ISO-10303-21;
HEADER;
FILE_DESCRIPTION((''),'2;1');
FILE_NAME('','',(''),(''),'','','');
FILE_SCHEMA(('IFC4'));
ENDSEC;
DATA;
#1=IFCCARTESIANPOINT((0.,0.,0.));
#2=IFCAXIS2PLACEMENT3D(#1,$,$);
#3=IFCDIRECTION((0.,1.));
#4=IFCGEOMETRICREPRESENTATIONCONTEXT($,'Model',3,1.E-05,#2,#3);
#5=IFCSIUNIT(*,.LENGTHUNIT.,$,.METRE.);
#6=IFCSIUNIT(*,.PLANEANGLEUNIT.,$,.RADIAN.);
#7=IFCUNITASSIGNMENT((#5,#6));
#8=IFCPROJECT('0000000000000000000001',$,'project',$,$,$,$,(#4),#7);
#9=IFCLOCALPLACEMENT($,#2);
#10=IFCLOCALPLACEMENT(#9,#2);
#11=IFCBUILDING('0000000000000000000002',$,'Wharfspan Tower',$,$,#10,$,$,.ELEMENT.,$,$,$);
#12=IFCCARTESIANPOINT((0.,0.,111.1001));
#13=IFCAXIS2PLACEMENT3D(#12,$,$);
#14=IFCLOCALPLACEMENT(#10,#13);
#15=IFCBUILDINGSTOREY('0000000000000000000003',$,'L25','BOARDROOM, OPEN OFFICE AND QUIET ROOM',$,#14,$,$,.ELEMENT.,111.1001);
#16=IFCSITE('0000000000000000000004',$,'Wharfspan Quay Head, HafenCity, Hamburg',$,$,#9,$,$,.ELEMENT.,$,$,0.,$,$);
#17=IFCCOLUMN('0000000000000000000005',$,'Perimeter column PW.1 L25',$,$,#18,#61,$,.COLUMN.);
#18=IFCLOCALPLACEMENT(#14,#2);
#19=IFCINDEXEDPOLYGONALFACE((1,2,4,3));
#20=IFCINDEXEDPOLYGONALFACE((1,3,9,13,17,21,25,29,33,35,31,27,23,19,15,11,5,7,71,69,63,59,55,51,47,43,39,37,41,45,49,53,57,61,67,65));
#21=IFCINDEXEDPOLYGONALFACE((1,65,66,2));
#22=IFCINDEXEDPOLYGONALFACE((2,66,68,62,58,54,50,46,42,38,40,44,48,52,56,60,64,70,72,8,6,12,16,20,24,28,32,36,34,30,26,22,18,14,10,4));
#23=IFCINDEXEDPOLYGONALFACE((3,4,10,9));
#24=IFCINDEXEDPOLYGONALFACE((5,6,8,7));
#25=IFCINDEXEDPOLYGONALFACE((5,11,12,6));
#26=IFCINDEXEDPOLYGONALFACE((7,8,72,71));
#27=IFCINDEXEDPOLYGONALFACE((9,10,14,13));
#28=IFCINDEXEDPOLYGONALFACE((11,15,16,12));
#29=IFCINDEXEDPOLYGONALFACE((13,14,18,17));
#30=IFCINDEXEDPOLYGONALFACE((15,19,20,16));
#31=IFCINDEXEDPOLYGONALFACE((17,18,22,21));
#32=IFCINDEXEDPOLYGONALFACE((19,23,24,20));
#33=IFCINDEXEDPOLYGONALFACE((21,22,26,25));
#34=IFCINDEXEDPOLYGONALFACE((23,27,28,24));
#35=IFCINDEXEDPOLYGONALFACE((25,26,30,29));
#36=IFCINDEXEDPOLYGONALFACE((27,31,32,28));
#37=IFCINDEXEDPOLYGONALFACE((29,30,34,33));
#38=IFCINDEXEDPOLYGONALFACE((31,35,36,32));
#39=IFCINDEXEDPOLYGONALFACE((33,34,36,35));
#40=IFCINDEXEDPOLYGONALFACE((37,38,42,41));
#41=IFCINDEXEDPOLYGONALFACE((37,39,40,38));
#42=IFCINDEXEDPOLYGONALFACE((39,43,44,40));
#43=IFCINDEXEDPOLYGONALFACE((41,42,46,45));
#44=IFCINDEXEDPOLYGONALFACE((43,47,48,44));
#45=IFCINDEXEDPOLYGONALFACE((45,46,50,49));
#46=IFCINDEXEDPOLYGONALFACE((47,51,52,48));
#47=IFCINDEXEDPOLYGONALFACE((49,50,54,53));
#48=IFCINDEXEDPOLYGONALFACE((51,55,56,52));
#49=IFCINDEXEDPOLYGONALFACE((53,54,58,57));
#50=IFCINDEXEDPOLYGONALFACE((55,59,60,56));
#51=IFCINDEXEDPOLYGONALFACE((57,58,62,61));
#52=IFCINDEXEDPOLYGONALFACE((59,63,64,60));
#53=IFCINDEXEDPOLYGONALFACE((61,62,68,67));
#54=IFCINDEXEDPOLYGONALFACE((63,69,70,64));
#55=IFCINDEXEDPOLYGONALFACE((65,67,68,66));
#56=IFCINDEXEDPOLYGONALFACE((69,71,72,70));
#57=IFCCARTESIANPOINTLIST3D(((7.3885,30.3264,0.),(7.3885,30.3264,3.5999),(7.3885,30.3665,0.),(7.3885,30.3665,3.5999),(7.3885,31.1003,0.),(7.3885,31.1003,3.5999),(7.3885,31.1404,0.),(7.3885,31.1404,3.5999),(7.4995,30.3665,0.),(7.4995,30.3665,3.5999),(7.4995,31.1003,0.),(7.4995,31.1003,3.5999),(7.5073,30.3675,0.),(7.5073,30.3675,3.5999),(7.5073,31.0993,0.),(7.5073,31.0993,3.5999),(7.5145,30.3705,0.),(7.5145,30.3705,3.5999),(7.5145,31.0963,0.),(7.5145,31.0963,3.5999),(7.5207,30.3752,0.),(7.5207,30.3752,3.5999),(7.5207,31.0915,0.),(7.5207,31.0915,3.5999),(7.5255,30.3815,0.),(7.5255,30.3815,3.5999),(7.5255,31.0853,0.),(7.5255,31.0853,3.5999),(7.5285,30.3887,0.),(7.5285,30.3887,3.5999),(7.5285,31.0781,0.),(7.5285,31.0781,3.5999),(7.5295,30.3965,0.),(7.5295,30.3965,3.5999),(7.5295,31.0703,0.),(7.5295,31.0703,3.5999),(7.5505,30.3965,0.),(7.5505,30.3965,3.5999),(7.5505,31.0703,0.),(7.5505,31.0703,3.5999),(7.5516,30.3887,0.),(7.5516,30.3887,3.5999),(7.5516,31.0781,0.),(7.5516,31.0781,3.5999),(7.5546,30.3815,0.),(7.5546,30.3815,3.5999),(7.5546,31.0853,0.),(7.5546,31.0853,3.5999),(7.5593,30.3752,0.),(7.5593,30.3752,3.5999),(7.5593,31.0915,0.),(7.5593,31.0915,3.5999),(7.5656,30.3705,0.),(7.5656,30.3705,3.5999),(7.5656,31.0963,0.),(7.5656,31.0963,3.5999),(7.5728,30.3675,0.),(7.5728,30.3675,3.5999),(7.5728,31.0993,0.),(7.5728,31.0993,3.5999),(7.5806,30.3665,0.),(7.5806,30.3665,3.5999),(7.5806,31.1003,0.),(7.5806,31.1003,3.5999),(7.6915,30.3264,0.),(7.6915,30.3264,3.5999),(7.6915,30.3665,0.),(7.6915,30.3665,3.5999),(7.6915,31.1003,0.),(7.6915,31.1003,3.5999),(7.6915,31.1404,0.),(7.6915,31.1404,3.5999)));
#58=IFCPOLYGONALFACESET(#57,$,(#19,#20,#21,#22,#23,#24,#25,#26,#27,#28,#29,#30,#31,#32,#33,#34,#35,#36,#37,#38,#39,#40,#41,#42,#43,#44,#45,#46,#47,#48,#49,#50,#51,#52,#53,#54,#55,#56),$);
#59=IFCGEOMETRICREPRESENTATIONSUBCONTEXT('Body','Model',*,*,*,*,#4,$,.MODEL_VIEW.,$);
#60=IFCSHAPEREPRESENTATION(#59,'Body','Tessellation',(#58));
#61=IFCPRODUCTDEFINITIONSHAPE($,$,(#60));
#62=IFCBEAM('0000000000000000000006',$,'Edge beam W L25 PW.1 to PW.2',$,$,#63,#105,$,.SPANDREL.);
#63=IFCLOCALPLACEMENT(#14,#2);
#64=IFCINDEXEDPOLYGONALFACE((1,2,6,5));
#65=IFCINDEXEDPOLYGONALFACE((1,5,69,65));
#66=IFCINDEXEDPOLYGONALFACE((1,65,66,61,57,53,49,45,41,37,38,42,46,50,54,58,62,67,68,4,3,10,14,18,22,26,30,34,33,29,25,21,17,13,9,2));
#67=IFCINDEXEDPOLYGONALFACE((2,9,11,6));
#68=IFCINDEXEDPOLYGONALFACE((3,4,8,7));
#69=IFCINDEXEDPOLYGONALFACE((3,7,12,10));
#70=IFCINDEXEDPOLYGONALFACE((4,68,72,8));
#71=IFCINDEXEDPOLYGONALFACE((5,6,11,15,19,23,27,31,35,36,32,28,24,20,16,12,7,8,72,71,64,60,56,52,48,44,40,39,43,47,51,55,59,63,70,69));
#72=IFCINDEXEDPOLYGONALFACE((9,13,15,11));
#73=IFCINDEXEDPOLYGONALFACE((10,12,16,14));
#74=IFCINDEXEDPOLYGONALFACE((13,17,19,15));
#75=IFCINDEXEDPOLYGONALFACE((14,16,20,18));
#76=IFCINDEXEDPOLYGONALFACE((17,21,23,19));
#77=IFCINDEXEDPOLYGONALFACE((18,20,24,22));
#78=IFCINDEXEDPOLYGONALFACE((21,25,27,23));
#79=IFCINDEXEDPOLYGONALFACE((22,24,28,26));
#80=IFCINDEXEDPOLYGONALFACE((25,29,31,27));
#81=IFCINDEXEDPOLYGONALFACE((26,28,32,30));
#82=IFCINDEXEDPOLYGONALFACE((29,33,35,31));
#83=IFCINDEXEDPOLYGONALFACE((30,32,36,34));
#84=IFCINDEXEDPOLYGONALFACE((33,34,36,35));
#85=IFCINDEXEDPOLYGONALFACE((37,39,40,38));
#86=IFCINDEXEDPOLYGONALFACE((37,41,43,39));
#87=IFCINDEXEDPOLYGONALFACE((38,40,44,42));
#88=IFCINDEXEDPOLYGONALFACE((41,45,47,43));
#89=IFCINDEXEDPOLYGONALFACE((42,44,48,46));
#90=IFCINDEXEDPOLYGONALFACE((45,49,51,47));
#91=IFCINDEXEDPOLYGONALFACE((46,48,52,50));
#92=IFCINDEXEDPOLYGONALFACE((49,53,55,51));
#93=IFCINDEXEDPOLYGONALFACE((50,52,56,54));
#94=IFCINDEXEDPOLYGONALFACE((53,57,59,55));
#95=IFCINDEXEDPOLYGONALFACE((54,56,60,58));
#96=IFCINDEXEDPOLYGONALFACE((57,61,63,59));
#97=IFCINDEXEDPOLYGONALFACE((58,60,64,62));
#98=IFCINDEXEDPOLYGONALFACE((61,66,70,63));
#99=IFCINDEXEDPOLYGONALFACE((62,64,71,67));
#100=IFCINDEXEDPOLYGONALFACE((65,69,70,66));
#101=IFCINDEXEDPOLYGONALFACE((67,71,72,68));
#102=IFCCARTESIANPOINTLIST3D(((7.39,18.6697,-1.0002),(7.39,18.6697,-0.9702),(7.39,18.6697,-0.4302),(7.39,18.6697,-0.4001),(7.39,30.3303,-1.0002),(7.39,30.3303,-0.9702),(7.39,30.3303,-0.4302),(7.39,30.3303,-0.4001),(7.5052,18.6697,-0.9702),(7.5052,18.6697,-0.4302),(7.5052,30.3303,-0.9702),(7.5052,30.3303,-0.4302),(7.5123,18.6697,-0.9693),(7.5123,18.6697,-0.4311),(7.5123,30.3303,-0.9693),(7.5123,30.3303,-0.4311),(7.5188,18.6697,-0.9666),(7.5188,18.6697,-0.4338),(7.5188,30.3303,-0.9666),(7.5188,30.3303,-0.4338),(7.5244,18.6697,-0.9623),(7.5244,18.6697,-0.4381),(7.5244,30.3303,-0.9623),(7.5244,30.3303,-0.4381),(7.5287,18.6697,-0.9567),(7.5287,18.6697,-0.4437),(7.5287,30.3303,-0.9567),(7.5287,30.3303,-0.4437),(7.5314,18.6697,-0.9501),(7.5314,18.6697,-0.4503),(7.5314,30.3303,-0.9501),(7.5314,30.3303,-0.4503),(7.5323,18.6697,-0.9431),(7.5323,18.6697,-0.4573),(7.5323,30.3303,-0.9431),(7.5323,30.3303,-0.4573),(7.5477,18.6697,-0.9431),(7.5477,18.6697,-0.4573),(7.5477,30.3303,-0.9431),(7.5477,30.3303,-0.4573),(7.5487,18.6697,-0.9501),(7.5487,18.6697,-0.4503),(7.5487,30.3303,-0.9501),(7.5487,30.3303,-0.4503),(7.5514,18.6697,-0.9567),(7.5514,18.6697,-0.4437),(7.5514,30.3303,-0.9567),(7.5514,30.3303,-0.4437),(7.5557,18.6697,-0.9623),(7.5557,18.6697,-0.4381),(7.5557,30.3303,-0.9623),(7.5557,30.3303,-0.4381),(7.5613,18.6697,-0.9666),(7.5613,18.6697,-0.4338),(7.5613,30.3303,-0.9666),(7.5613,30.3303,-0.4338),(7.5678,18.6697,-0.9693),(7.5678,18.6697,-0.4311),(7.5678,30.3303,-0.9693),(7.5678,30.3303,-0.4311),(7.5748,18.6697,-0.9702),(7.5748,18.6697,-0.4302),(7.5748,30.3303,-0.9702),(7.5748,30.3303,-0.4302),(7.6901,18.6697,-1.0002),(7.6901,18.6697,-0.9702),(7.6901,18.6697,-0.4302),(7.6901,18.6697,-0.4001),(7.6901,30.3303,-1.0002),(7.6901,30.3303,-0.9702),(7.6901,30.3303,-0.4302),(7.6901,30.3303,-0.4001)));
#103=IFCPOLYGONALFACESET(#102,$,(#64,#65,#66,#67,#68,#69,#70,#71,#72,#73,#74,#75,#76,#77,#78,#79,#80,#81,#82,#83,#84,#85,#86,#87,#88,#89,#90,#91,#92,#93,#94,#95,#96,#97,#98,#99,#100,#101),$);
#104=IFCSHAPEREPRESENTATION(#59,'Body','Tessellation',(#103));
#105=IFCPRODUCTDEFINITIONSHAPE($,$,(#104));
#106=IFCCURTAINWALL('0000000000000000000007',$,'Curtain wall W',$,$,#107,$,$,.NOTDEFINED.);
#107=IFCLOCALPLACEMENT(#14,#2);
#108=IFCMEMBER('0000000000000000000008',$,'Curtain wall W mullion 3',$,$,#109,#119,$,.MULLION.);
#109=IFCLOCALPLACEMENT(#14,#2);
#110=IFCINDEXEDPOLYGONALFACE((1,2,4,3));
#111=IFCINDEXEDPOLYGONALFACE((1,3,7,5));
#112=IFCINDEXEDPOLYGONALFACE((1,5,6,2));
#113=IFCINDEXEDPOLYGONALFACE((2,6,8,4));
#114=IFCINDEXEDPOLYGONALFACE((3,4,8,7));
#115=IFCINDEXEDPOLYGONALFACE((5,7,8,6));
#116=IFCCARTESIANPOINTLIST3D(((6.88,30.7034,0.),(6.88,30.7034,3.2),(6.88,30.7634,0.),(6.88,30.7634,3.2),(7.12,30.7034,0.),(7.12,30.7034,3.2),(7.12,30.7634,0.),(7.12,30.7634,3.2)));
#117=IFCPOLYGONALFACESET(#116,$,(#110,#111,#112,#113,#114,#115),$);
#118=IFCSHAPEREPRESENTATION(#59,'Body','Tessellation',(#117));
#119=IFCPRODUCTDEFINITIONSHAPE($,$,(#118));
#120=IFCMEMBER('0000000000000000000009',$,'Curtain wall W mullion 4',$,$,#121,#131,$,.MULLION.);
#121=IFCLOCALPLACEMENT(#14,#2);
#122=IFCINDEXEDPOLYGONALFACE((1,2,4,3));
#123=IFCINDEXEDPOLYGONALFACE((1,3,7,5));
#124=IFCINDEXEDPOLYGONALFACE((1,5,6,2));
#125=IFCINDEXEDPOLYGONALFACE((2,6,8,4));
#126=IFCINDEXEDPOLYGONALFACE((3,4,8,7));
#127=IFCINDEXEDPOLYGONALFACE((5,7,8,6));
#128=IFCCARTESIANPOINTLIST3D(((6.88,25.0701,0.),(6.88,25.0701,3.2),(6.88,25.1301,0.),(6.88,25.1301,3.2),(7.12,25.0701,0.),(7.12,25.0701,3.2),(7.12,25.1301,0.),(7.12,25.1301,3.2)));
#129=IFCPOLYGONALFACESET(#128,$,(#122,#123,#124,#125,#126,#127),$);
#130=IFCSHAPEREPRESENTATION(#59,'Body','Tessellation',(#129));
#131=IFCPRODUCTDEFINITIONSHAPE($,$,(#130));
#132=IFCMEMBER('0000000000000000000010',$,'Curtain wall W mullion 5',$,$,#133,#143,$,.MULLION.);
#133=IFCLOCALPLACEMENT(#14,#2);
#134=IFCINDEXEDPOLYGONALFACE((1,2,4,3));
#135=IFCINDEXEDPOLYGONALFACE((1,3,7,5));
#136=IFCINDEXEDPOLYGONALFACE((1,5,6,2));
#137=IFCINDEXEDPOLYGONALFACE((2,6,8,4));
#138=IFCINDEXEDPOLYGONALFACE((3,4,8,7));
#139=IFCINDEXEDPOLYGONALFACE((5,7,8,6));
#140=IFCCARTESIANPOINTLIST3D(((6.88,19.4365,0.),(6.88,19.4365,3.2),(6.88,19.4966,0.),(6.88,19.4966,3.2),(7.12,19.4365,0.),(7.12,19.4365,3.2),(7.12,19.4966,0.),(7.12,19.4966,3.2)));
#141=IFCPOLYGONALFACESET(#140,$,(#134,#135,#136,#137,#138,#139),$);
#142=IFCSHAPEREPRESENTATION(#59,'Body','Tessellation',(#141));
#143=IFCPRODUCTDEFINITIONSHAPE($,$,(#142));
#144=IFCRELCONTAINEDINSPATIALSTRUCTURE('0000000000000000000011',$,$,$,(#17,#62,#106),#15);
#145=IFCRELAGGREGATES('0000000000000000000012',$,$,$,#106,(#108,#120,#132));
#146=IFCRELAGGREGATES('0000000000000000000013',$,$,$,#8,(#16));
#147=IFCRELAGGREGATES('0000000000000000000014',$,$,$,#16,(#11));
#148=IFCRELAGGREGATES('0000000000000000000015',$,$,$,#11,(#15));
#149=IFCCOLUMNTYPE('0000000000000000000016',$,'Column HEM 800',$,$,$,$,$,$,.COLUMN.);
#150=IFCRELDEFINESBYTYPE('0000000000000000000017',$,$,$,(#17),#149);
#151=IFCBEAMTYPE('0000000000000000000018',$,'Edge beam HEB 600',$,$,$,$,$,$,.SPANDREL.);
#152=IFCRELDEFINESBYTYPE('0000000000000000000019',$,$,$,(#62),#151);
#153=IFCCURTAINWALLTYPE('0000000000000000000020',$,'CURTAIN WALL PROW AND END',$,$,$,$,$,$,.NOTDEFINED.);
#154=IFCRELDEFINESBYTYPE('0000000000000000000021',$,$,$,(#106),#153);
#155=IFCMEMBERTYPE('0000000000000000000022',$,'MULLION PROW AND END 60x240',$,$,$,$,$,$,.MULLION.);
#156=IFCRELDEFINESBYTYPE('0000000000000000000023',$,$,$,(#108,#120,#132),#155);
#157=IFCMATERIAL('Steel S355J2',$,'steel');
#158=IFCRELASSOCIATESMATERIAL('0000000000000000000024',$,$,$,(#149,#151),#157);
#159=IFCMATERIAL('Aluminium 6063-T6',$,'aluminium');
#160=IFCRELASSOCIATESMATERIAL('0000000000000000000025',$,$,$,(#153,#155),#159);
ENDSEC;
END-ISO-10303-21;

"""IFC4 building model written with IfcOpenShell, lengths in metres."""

from ifc_helpers import new_model, si_unit, direction, frame, origin, origin_2d, place, context, subcontext, project, spatial, rectangle, i_section, extrude, material, material_profile, profile_set, type_object, element, aggregate, save


model = new_model("IFC4")

# Units and contexts
model_context = context("Model", 3, precision=1e-05, world=origin(), true_north=direction((0.0, 1.0)))
body_context = subcontext(model_context, "Body", "Model", "MODEL_VIEW")
ifc_project = project(units=[si_unit("LENGTHUNIT", "METRE"), si_unit("PLANEANGLEUNIT", "RADIAN")], contexts=[model_context])

# Site, building, storey
site_placement = place(None, origin())
site = spatial("IfcSite", under=ifc_project, at=site_placement, Name="Wharfspan Quay Head, HafenCity, Hamburg", CompositionType="ELEMENT", RefElevation=0.0)
building_placement = place(site_placement, origin())
building = spatial("IfcBuilding", under=site, at=building_placement, Name="Wharfspan Tower", CompositionType="ELEMENT")
storey_placement = place(building_placement, frame((0.0, 0.0, 111.1001)))
storey = spatial("IfcBuildingStorey", under=building, at=storey_placement, Name="L25", Description="BOARDROOM, OPEN OFFICE AND QUIET ROOM", CompositionType="ELEMENT", Elevation=111.1001)

# Column
ifc_material_1 = material(Name="Steel S355J2", Category="steel")
ifc_material_profile_1 = material_profile(ifc_material_1, i_section(OverallWidth=0.303, OverallDepth=0.814, WebThickness=0.021, FlangeThickness=0.04, FilletRadius=0.03, at=origin_2d()))
ifc_profile_set_1 = profile_set([ifc_material_profile_1], Name="Steel S355J2")
column_type = type_object("IfcColumnType", Name="Column HEM 800", PredefinedType="COLUMN", material=ifc_profile_set_1)
column_placement = place(storey_placement, frame((7.54, 30.7334, 0.0), z_axis=(0.0, 0.0, 1.0), x_axis=(-1.0, 0.0, 0.0)))
element("IfcColumn", 1, at=column_placement, inside=storey, type_object=column_type, Name="Perimeter column PW.1 L25", PredefinedType="COLUMN", context=body_context, shape_type="SweptSolid", body=[
    extrude(i_section(OverallWidth=0.303, OverallDepth=0.814, WebThickness=0.021, FlangeThickness=0.04, FilletRadius=0.03, at=origin_2d()), origin(), (0.0, 0.0, 1.0), 3.5999),
])

# Beam
ifc_material_profile_2 = material_profile(ifc_material_1, i_section(OverallWidth=0.3, OverallDepth=0.6001, WebThickness=0.0154, FlangeThickness=0.03, FilletRadius=0.0271, at=origin_2d()))
ifc_profile_set_2 = profile_set([ifc_material_profile_2], Name="Steel S355J2")
beam_type = type_object("IfcBeamType", Name="Edge beam HEB 600", PredefinedType="SPANDREL", material=ifc_profile_set_2)
beam_placement = place(storey_placement, frame((7.54, 30.3303, -0.7002), z_axis=(0.0, -1.0, 0.0), x_axis=(1.0, 0.0, 0.0)))
element("IfcBeam", 2, at=beam_placement, inside=storey, type_object=beam_type, Name="Edge beam W L25 PW.1 to PW.2", PredefinedType="SPANDREL", context=body_context, shape_type="SweptSolid", body=[
    extrude(i_section(OverallWidth=0.3, OverallDepth=0.6001, WebThickness=0.0154, FlangeThickness=0.03, FilletRadius=0.0271, at=origin_2d()), origin(), (0.0, 0.0, 1.0), 11.6606),
])

# Curtain wall, members
ifc_material_2 = material(Name="Aluminium 6063-T6", Category="aluminium")
curtain_wall_type = type_object("IfcCurtainWallType", Name="CURTAIN WALL PROW AND END", PredefinedType="NOTDEFINED", material=ifc_material_2)
curtain_wall_placement = place(storey_placement, origin())
curtain_wall = element("IfcCurtainWall", 3, at=curtain_wall_placement, inside=storey, type_object=curtain_wall_type, Name="Curtain wall W", PredefinedType="NOTDEFINED")
ifc_material_profile_3 = material_profile(ifc_material_2, rectangle(XDim=0.24, YDim=0.0601, at=origin_2d()))
ifc_profile_set_3 = profile_set([ifc_material_profile_3], Name="Aluminium 6063-T6")
member_type_1 = type_object("IfcMemberType", Name="MULLION PROW AND END 60x240", PredefinedType="MULLION", material=ifc_profile_set_3)
member_1_placement = place(storey_placement, frame((7.0, 30.7334, 0.0), z_axis=(0.0, 0.0, 1.0), x_axis=(1.0, 0.0, 0.0)))
member_1 = element("IfcMember", 4, at=member_1_placement, type_object=member_type_1, Name="Curtain wall W mullion 3", PredefinedType="MULLION", context=body_context, shape_type="SweptSolid", body=[
    extrude(rectangle(XDim=0.24, YDim=0.0601, at=origin_2d()), origin(), (0.0, 0.0, 1.0), 3.2),
])
member_2_placement = place(storey_placement, frame((7.0, 25.1001, 0.0), z_axis=(0.0, 0.0, 1.0), x_axis=(1.0, 0.0, 0.0)))
member_2 = element("IfcMember", 5, at=member_2_placement, type_object=member_type_1, Name="Curtain wall W mullion 4", PredefinedType="MULLION", context=body_context, shape_type="SweptSolid", body=[
    extrude(rectangle(XDim=0.24, YDim=0.0601, at=origin_2d()), origin(), (0.0, 0.0, 1.0), 3.2),
])
member_3_placement = place(storey_placement, frame((7.0, 19.4666, 0.0), z_axis=(0.0, 0.0, 1.0), x_axis=(1.0, 0.0, 0.0)))
member_3 = element("IfcMember", 6, at=member_3_placement, type_object=member_type_1, Name="Curtain wall W mullion 5", PredefinedType="MULLION", context=body_context, shape_type="SweptSolid", body=[
    extrude(rectangle(XDim=0.24, YDim=0.0601, at=origin_2d()), origin(), (0.0, 0.0, 1.0), 3.2),
])

aggregate(curtain_wall, [member_1, member_2, member_3])

save(model, "model.ifc")
